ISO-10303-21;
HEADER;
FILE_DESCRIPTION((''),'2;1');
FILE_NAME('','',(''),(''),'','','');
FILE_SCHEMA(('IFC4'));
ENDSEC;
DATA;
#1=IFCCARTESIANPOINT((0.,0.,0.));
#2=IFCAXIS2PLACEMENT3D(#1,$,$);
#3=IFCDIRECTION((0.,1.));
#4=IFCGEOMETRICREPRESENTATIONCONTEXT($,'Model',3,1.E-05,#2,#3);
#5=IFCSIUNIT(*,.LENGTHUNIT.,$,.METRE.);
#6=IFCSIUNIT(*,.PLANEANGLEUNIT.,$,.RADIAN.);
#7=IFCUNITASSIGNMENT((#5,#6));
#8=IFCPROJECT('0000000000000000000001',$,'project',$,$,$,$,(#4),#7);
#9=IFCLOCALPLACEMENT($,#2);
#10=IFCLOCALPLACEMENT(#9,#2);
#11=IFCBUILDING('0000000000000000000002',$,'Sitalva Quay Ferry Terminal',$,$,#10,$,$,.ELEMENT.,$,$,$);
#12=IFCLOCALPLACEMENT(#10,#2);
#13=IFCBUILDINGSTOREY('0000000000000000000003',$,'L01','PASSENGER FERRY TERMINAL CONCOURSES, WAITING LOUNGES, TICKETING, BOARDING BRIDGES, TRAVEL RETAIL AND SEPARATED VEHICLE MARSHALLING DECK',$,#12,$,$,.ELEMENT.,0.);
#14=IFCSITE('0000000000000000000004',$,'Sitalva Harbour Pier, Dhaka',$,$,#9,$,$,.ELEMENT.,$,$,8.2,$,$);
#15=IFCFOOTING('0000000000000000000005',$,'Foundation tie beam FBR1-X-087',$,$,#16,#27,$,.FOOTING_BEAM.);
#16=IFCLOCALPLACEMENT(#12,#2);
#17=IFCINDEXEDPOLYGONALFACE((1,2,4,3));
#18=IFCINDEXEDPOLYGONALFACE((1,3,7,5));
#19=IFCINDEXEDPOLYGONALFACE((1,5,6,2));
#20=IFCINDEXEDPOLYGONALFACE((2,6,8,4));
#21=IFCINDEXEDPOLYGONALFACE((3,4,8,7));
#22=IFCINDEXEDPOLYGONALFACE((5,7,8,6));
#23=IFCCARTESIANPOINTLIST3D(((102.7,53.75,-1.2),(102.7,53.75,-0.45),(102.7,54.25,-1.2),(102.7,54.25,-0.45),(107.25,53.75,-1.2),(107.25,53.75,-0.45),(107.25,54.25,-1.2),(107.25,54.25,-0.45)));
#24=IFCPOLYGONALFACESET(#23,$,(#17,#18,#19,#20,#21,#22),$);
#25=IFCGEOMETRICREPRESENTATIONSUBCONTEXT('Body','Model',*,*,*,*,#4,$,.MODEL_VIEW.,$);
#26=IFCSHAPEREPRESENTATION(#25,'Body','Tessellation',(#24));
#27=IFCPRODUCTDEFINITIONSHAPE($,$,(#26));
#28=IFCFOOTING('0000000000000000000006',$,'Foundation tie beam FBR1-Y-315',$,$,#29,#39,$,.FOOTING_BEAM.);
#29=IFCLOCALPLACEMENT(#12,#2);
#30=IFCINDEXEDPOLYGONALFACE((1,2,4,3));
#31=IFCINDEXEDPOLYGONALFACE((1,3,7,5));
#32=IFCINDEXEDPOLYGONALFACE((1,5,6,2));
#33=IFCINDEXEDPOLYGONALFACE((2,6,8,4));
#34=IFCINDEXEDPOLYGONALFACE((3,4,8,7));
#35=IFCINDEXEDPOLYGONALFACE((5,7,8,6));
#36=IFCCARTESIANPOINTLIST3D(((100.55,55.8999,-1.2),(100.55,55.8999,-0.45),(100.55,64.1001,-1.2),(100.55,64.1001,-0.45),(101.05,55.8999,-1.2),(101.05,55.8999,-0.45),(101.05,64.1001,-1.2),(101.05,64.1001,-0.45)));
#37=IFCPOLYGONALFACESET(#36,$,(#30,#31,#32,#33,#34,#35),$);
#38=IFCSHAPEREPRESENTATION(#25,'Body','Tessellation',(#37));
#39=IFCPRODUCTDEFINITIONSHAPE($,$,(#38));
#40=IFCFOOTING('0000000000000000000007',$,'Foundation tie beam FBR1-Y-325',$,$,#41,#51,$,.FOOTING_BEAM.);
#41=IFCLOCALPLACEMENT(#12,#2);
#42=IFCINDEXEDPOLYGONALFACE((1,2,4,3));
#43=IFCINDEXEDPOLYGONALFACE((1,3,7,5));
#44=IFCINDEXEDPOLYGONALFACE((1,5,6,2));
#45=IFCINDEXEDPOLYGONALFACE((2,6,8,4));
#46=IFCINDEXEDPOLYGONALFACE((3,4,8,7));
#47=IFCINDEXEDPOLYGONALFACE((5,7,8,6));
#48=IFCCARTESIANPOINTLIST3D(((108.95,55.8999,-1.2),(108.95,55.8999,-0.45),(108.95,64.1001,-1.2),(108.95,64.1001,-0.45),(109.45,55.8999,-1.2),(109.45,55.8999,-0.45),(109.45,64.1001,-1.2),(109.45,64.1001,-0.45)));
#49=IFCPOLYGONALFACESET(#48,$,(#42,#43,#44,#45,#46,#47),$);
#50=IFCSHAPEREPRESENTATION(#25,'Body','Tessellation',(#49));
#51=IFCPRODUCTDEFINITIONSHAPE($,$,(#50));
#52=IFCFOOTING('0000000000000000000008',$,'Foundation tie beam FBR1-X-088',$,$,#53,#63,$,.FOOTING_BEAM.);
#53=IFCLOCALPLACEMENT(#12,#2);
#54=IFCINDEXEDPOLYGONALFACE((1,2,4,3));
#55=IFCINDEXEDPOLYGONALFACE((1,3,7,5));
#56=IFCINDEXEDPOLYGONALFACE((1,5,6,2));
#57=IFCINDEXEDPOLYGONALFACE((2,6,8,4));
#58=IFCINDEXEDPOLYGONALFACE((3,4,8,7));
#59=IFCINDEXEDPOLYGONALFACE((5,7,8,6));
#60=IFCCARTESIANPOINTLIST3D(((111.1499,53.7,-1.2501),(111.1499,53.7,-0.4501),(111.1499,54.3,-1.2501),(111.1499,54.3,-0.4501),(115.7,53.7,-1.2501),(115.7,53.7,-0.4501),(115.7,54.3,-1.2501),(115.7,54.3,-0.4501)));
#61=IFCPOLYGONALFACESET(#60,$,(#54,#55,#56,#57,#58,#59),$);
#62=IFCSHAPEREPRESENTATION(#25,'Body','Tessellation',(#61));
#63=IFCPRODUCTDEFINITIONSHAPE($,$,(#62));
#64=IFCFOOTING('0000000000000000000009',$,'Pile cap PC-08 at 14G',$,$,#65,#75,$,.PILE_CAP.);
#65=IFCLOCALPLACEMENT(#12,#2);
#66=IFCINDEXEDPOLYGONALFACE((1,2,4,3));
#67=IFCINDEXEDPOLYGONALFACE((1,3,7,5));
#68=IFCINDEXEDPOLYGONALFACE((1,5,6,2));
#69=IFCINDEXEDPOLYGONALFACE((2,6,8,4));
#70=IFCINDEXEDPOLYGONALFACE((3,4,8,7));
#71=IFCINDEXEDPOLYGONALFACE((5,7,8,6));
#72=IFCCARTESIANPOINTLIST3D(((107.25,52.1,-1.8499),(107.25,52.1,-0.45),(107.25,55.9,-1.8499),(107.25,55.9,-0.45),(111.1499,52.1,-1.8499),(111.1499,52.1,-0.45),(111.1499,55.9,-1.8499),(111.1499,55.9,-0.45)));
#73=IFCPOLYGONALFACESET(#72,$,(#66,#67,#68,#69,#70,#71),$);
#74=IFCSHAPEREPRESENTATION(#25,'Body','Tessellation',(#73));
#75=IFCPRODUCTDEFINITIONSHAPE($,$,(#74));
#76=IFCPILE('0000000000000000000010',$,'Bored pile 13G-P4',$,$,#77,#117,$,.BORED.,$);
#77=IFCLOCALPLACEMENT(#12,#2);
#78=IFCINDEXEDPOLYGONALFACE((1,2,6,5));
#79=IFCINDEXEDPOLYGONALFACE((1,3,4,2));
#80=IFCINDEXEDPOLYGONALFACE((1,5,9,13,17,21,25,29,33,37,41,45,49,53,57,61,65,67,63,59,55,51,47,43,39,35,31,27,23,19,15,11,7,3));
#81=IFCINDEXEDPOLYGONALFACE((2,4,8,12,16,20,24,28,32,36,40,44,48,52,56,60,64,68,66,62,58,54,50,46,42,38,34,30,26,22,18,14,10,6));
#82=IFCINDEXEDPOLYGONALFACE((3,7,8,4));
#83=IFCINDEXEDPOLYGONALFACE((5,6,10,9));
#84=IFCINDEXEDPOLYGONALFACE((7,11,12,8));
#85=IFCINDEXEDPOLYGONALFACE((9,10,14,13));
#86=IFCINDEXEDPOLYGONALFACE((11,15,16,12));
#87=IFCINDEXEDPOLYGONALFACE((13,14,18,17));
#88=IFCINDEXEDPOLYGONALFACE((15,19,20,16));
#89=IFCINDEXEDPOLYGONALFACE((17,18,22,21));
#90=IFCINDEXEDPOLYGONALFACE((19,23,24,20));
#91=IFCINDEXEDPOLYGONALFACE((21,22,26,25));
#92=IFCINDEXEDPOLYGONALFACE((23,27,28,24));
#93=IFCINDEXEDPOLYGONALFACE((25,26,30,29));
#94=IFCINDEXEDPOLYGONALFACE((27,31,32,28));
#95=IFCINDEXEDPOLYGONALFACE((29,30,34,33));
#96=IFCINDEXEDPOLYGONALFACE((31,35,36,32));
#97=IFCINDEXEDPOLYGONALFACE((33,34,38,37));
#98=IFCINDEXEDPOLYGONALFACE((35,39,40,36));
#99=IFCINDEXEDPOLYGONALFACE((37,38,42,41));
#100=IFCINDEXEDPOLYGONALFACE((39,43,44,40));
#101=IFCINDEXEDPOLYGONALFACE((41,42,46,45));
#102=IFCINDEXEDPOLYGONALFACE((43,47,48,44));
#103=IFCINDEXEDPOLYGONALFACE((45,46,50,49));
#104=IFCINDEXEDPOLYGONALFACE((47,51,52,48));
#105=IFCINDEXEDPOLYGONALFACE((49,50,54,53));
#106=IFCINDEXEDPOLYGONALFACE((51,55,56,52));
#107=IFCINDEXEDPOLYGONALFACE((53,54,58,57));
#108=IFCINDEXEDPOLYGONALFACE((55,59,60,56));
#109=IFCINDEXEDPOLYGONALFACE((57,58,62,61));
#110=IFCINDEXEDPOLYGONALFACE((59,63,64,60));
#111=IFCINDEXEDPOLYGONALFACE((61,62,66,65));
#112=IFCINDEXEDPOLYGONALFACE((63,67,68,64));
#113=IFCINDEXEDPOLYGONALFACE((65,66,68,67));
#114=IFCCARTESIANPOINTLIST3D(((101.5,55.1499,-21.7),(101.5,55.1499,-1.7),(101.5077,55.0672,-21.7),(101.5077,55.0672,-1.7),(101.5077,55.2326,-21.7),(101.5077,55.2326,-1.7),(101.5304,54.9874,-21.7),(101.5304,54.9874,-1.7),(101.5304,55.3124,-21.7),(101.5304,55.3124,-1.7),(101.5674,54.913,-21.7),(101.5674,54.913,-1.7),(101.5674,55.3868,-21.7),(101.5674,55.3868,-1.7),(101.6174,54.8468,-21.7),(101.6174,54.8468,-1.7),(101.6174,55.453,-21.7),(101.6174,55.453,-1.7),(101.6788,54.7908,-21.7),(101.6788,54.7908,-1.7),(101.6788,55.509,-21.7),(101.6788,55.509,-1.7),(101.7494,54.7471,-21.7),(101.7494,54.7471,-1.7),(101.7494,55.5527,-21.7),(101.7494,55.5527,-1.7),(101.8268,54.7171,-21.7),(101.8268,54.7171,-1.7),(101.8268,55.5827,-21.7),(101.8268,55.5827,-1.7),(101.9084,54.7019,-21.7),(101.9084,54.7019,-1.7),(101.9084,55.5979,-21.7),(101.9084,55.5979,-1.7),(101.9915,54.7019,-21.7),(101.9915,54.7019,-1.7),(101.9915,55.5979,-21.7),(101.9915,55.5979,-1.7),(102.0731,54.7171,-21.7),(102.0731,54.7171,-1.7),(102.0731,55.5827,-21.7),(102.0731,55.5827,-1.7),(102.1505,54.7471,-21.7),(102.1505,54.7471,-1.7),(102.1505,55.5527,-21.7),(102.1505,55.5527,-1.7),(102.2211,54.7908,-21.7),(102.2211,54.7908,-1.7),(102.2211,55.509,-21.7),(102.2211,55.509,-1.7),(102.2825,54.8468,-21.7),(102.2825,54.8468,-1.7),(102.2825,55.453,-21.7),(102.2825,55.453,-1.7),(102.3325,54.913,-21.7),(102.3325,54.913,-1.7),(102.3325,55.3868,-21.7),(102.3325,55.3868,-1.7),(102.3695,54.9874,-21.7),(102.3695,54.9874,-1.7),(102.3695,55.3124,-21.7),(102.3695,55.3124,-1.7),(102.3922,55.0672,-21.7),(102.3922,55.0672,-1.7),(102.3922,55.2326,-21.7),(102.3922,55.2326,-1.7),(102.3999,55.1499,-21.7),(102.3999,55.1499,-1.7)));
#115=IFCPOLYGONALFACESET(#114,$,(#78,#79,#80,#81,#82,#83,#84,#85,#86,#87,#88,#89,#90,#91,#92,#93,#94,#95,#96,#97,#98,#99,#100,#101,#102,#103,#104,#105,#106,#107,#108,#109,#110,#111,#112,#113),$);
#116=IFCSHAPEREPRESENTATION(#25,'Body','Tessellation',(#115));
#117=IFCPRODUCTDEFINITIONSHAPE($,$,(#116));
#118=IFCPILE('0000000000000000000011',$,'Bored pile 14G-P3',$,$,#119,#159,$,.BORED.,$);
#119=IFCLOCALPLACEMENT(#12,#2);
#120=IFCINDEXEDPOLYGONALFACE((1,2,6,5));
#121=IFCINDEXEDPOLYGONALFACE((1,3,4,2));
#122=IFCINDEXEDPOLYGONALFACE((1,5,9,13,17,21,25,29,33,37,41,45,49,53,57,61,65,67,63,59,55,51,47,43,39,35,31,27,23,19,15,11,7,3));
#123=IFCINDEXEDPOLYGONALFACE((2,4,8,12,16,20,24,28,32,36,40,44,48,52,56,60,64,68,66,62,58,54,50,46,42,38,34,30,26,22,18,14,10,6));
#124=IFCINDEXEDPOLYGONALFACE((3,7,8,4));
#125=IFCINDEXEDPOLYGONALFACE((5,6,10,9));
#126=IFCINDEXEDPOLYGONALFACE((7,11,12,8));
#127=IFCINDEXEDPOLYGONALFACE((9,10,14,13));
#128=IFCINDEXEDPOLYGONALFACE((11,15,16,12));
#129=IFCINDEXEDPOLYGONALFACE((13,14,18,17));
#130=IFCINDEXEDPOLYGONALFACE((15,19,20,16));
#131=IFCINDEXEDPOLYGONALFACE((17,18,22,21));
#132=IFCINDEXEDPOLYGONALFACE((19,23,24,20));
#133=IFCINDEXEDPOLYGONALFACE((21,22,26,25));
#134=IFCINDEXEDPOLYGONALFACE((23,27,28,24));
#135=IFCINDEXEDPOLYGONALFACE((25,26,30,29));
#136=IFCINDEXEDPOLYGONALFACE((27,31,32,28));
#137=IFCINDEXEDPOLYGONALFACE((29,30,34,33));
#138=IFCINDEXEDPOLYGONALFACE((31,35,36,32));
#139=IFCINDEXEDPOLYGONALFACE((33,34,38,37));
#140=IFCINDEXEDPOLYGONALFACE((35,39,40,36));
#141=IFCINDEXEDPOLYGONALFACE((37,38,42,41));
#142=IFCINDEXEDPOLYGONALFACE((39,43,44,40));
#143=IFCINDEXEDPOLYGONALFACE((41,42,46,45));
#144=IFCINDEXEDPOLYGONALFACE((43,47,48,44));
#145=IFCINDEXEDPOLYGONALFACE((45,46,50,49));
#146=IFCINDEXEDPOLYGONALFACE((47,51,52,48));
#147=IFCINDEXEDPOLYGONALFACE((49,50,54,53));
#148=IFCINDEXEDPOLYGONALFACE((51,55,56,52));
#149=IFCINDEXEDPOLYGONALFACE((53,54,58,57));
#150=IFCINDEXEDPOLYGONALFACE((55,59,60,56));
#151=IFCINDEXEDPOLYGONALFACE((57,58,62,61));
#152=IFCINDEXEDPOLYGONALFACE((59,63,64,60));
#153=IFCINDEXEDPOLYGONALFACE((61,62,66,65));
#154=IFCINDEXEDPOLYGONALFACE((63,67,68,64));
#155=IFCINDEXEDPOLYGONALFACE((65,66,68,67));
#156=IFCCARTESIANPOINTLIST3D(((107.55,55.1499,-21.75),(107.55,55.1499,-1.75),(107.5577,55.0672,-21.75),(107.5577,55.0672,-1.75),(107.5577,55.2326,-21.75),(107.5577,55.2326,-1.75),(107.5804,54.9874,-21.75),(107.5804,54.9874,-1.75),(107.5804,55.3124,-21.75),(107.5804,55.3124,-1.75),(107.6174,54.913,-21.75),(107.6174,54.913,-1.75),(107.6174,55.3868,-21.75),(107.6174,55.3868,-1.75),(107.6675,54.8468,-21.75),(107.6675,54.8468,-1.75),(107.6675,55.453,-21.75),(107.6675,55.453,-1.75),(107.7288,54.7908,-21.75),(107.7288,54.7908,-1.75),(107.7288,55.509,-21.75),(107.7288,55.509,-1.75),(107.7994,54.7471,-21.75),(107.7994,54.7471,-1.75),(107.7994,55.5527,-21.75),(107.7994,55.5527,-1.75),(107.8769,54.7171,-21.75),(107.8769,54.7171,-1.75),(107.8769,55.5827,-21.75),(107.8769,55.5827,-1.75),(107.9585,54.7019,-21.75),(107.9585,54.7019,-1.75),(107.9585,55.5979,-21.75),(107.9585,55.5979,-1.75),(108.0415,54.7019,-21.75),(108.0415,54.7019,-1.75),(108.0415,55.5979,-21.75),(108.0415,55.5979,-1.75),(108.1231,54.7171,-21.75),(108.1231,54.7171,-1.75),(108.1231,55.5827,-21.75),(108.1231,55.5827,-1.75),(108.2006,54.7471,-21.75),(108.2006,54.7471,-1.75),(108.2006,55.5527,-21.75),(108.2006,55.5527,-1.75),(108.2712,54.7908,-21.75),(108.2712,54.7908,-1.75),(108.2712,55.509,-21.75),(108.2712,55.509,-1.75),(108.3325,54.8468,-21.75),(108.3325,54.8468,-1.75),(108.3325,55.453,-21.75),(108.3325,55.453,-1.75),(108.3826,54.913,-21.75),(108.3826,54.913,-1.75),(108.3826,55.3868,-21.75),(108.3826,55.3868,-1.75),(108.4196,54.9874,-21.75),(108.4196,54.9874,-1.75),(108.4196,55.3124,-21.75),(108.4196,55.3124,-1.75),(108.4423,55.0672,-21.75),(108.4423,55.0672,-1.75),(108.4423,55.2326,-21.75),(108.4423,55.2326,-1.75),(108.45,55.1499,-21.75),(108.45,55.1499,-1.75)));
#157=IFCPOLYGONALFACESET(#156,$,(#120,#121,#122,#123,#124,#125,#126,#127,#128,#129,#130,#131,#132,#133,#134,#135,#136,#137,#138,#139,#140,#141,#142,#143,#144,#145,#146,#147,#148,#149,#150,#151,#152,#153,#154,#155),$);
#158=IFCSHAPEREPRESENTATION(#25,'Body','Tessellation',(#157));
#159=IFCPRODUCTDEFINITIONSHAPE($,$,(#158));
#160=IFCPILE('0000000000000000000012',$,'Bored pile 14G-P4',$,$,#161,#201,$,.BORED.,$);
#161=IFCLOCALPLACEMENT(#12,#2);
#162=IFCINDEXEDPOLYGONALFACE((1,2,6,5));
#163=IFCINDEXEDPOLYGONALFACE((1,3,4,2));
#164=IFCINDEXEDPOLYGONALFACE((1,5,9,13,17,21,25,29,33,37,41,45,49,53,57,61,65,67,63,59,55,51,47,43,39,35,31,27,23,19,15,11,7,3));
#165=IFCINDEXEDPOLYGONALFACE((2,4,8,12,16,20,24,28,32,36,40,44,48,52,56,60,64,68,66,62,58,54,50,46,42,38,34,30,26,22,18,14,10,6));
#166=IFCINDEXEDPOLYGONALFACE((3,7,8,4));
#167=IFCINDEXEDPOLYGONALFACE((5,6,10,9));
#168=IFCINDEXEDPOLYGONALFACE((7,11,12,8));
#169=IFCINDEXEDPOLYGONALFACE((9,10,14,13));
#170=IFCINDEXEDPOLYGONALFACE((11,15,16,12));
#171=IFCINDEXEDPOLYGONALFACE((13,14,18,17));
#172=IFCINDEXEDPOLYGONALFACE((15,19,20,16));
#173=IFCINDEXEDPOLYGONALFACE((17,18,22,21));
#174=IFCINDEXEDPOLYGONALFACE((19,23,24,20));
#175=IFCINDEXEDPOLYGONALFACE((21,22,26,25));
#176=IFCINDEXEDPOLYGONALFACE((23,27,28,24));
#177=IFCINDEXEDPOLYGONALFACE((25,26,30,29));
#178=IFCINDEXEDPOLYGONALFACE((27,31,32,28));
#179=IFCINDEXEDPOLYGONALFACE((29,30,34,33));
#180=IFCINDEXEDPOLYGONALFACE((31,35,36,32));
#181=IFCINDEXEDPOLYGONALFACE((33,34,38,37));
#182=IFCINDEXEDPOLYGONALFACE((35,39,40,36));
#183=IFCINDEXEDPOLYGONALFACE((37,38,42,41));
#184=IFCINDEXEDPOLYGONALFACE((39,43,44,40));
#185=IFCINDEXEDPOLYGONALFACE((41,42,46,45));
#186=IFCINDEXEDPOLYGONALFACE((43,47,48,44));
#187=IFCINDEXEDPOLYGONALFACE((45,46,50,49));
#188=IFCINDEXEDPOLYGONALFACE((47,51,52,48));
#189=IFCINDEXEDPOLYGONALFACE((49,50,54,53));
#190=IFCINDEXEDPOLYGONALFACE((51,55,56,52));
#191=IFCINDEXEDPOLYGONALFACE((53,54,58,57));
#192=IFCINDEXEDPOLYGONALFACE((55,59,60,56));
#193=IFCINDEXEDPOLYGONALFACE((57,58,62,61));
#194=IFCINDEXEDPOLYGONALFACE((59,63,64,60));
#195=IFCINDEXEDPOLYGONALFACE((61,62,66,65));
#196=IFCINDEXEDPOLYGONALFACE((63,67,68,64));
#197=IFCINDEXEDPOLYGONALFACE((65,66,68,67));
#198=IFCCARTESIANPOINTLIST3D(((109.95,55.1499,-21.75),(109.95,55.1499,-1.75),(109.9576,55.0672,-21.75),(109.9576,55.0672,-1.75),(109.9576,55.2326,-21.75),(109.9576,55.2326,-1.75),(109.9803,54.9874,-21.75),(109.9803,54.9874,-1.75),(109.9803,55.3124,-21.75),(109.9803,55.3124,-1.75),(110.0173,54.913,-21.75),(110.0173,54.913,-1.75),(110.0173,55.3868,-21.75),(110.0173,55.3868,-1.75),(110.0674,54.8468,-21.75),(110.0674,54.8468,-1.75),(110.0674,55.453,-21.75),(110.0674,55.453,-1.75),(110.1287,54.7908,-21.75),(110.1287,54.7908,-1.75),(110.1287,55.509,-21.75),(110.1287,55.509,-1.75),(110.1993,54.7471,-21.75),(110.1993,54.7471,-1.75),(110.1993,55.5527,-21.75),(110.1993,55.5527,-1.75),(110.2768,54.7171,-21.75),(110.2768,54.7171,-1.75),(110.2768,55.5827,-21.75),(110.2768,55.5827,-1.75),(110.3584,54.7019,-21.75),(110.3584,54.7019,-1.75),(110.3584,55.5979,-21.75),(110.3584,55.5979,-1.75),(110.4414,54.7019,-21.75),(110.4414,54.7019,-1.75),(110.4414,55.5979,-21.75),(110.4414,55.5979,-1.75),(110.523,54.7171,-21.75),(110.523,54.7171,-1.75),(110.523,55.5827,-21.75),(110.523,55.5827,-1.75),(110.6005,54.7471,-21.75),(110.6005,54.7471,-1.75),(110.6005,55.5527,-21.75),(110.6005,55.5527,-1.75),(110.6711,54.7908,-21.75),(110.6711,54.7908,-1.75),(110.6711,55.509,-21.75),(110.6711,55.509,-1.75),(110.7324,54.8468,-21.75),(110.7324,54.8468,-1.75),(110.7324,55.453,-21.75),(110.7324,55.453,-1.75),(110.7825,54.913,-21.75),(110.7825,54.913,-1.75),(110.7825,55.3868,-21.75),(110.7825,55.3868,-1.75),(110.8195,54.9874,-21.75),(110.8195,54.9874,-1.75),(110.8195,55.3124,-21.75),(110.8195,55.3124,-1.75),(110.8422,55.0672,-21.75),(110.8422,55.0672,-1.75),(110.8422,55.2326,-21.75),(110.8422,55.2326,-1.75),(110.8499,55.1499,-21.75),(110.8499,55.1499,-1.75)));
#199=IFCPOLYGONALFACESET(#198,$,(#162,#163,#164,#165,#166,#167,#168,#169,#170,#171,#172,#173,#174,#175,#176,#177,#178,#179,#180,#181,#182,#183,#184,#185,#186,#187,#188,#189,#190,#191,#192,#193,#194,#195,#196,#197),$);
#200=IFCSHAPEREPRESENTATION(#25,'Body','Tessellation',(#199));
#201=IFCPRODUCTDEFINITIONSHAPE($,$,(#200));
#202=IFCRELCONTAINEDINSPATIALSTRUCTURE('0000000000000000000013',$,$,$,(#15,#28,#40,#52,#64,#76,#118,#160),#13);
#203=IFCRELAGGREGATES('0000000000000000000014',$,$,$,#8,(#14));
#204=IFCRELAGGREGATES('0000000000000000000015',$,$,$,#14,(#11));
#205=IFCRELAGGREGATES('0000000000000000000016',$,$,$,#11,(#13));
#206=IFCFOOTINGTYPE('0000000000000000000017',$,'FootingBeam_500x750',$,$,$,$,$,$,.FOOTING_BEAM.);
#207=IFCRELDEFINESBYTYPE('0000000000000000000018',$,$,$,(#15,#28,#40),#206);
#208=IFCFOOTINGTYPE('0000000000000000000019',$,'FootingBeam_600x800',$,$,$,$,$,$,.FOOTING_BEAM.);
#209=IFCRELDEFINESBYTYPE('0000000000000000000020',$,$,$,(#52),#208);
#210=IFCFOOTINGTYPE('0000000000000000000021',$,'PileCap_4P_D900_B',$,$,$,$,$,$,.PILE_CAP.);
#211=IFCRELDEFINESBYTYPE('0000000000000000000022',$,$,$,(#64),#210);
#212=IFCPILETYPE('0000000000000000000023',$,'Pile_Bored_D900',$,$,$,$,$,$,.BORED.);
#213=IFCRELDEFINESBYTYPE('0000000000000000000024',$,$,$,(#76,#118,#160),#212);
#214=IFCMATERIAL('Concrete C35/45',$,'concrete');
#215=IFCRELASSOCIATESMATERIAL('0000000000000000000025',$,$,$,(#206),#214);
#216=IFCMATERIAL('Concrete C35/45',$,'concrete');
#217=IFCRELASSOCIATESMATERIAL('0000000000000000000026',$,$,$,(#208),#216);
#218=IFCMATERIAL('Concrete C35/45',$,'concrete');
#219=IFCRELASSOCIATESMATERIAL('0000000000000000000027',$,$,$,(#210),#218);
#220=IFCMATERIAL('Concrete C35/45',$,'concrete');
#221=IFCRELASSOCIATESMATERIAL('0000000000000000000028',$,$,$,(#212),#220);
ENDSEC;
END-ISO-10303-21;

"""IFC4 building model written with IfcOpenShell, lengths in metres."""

from ifc_helpers import new_model, si_unit, direction, frame, origin, origin_2d, place, context, subcontext, project, spatial, rectangle, circle, extrude, material, material_profile, profile_set, type_object, element, save


model = new_model("IFC4")

# Units and contexts
model_context = context("Model", 3, precision=1e-05, world=origin(), true_north=direction((0.0, 1.0)))
body_context = subcontext(model_context, "Body", "Model", "MODEL_VIEW")
ifc_project = project(units=[si_unit("LENGTHUNIT", "METRE"), si_unit("PLANEANGLEUNIT", "RADIAN")], contexts=[model_context])

# Site, building, storey
site_placement = place(None, origin())
site = spatial("IfcSite", under=ifc_project, at=site_placement, Name="Sitalva Harbour Pier, Dhaka", CompositionType="ELEMENT", RefElevation=8.2)
building_placement = place(site_placement, origin())
building = spatial("IfcBuilding", under=site, at=building_placement, Name="Sitalva Quay Ferry Terminal", CompositionType="ELEMENT")
storey_placement = place(building_placement, origin())
storey = spatial("IfcBuildingStorey", under=building, at=storey_placement, Name="L01", Description="PASSENGER FERRY TERMINAL CONCOURSES, WAITING LOUNGES, TICKETING, BOARDING BRIDGES, TRAVEL RETAIL AND SEPARATED VEHICLE MARSHALLING DECK", CompositionType="ELEMENT", Elevation=0.0)

# Footings
ifc_material_1 = material(Name="Concrete C35/45", Category="concrete")
ifc_material_profile_1 = material_profile(ifc_material_1, rectangle(XDim=0.5, YDim=0.75, at=origin_2d()), Name="RC500x750")
ifc_profile_set_1 = profile_set([ifc_material_profile_1], Name="Concrete C35/45")
footing_type_1 = type_object("IfcFootingType", Name="FootingBeam_500x750", PredefinedType="FOOTING_BEAM", material=ifc_profile_set_1)
footing_1_placement = place(storey_placement, frame((102.7, 54.0, -0.825), z_axis=(1.0, 0.0, 0.0), x_axis=(0.0, 1.0, 0.0)))
element("IfcFooting", 1, at=footing_1_placement, inside=storey, type_object=footing_type_1, Name="Foundation tie beam FBR1-X-087", PredefinedType="FOOTING_BEAM", context=body_context, shape_type="SweptSolid", body=[
    extrude(rectangle(XDim=0.5, YDim=0.75, at=origin_2d()), origin(), (0.0, 0.0, 1.0), 4.55),
])
for number, where, z_axis, x_axis, name in (
    (2, (100.8, 55.8999, -0.825), (0.0, 1.0, 0.0), (-1.0, 0.0, 0.0), "Foundation tie beam FBR1-Y-315"),
    (3, (109.2, 55.8999, -0.825), (0.0, 1.0, 0.0), (-1.0, 0.0, 0.0), "Foundation tie beam FBR1-Y-325"),
):
    element("IfcFooting", number, at=place(storey_placement, frame(where, z_axis=z_axis, x_axis=x_axis)), inside=storey, type_object=footing_type_1, Name=name, PredefinedType="FOOTING_BEAM", context=body_context, shape_type="SweptSolid", body=[
        extrude(rectangle(XDim=0.5, YDim=0.75, at=origin_2d()), origin(), (0.0, 0.0, 1.0), 8.2002),
    ])
ifc_material_2 = material(Name="Concrete C35/45", Category="concrete")
ifc_material_profile_2 = material_profile(ifc_material_2, rectangle(XDim=0.6001, YDim=0.8, at=origin_2d()), Name="RC600x800")
ifc_profile_set_2 = profile_set([ifc_material_profile_2], Name="Concrete C35/45")
footing_type_2 = type_object("IfcFootingType", Name="FootingBeam_600x800", PredefinedType="FOOTING_BEAM", material=ifc_profile_set_2)
footing_2_placement = place(storey_placement, frame((111.1499, 54.0, -0.8501), z_axis=(1.0, 0.0, 0.0), x_axis=(0.0, 1.0, 0.0)))
element("IfcFooting", 4, at=footing_2_placement, inside=storey, type_object=footing_type_2, Name="Foundation tie beam FBR1-X-088", PredefinedType="FOOTING_BEAM", context=body_context, shape_type="SweptSolid", body=[
    extrude(rectangle(XDim=0.6001, YDim=0.8, at=origin_2d()), origin(), (0.0, 0.0, 1.0), 4.55),
])
ifc_material_3 = material(Name="Concrete C35/45", Category="concrete")
footing_type_3 = type_object("IfcFootingType", Name="PileCap_4P_D900_B", PredefinedType="PILE_CAP", material=ifc_material_3)
footing_3_placement = place(storey_placement, frame((109.2, 54.0, -1.8499), z_axis=(0.0, 0.0, 1.0), x_axis=(1.0, 0.0, 0.0)))
element("IfcFooting", 5, at=footing_3_placement, inside=storey, type_object=footing_type_3, Name="Pile cap PC-08 at 14G", PredefinedType="PILE_CAP", context=body_context, shape_type="SweptSolid", body=[
    extrude(rectangle(XDim=3.8999, YDim=3.8, at=origin_2d()), origin(), (0.0, 0.0, 1.0), 1.3999),
])

# Piles
ifc_material_4 = material(Name="Concrete C35/45", Category="concrete")
ifc_material_profile_3 = material_profile(ifc_material_4, circle(Radius=0.45, at=origin_2d()), Name="PILE-D900")
ifc_profile_set_3 = profile_set([ifc_material_profile_3], Name="Concrete C35/45")
pile_type = type_object("IfcPileType", Name="Pile_Bored_D900", PredefinedType="BORED", material=ifc_profile_set_3)
for number, where, z_axis, x_axis, name in (
    (6, (101.95, 55.1499, -1.7), (0.0, 0.0, -1.0), (1.0, 0.0, 0.0), "Bored pile 13G-P4"),
    (7, (108.0, 55.1499, -1.75), (0.0, 0.0, -1.0), (1.0, 0.0, 0.0), "Bored pile 14G-P3"),
    (8, (110.3999, 55.1499, -1.75), (0.0, 0.0, -1.0), (1.0, 0.0, 0.0), "Bored pile 14G-P4"),
):
    element("IfcPile", number, at=place(storey_placement, frame(where, z_axis=z_axis, x_axis=x_axis)), inside=storey, type_object=pile_type, Name=name, PredefinedType="BORED", context=body_context, shape_type="SweptSolid", body=[
        extrude(circle(Radius=0.45, at=origin_2d()), origin(), (0.0, 0.0, 1.0), 20.0),
    ])

save(model, "model.ifc")
